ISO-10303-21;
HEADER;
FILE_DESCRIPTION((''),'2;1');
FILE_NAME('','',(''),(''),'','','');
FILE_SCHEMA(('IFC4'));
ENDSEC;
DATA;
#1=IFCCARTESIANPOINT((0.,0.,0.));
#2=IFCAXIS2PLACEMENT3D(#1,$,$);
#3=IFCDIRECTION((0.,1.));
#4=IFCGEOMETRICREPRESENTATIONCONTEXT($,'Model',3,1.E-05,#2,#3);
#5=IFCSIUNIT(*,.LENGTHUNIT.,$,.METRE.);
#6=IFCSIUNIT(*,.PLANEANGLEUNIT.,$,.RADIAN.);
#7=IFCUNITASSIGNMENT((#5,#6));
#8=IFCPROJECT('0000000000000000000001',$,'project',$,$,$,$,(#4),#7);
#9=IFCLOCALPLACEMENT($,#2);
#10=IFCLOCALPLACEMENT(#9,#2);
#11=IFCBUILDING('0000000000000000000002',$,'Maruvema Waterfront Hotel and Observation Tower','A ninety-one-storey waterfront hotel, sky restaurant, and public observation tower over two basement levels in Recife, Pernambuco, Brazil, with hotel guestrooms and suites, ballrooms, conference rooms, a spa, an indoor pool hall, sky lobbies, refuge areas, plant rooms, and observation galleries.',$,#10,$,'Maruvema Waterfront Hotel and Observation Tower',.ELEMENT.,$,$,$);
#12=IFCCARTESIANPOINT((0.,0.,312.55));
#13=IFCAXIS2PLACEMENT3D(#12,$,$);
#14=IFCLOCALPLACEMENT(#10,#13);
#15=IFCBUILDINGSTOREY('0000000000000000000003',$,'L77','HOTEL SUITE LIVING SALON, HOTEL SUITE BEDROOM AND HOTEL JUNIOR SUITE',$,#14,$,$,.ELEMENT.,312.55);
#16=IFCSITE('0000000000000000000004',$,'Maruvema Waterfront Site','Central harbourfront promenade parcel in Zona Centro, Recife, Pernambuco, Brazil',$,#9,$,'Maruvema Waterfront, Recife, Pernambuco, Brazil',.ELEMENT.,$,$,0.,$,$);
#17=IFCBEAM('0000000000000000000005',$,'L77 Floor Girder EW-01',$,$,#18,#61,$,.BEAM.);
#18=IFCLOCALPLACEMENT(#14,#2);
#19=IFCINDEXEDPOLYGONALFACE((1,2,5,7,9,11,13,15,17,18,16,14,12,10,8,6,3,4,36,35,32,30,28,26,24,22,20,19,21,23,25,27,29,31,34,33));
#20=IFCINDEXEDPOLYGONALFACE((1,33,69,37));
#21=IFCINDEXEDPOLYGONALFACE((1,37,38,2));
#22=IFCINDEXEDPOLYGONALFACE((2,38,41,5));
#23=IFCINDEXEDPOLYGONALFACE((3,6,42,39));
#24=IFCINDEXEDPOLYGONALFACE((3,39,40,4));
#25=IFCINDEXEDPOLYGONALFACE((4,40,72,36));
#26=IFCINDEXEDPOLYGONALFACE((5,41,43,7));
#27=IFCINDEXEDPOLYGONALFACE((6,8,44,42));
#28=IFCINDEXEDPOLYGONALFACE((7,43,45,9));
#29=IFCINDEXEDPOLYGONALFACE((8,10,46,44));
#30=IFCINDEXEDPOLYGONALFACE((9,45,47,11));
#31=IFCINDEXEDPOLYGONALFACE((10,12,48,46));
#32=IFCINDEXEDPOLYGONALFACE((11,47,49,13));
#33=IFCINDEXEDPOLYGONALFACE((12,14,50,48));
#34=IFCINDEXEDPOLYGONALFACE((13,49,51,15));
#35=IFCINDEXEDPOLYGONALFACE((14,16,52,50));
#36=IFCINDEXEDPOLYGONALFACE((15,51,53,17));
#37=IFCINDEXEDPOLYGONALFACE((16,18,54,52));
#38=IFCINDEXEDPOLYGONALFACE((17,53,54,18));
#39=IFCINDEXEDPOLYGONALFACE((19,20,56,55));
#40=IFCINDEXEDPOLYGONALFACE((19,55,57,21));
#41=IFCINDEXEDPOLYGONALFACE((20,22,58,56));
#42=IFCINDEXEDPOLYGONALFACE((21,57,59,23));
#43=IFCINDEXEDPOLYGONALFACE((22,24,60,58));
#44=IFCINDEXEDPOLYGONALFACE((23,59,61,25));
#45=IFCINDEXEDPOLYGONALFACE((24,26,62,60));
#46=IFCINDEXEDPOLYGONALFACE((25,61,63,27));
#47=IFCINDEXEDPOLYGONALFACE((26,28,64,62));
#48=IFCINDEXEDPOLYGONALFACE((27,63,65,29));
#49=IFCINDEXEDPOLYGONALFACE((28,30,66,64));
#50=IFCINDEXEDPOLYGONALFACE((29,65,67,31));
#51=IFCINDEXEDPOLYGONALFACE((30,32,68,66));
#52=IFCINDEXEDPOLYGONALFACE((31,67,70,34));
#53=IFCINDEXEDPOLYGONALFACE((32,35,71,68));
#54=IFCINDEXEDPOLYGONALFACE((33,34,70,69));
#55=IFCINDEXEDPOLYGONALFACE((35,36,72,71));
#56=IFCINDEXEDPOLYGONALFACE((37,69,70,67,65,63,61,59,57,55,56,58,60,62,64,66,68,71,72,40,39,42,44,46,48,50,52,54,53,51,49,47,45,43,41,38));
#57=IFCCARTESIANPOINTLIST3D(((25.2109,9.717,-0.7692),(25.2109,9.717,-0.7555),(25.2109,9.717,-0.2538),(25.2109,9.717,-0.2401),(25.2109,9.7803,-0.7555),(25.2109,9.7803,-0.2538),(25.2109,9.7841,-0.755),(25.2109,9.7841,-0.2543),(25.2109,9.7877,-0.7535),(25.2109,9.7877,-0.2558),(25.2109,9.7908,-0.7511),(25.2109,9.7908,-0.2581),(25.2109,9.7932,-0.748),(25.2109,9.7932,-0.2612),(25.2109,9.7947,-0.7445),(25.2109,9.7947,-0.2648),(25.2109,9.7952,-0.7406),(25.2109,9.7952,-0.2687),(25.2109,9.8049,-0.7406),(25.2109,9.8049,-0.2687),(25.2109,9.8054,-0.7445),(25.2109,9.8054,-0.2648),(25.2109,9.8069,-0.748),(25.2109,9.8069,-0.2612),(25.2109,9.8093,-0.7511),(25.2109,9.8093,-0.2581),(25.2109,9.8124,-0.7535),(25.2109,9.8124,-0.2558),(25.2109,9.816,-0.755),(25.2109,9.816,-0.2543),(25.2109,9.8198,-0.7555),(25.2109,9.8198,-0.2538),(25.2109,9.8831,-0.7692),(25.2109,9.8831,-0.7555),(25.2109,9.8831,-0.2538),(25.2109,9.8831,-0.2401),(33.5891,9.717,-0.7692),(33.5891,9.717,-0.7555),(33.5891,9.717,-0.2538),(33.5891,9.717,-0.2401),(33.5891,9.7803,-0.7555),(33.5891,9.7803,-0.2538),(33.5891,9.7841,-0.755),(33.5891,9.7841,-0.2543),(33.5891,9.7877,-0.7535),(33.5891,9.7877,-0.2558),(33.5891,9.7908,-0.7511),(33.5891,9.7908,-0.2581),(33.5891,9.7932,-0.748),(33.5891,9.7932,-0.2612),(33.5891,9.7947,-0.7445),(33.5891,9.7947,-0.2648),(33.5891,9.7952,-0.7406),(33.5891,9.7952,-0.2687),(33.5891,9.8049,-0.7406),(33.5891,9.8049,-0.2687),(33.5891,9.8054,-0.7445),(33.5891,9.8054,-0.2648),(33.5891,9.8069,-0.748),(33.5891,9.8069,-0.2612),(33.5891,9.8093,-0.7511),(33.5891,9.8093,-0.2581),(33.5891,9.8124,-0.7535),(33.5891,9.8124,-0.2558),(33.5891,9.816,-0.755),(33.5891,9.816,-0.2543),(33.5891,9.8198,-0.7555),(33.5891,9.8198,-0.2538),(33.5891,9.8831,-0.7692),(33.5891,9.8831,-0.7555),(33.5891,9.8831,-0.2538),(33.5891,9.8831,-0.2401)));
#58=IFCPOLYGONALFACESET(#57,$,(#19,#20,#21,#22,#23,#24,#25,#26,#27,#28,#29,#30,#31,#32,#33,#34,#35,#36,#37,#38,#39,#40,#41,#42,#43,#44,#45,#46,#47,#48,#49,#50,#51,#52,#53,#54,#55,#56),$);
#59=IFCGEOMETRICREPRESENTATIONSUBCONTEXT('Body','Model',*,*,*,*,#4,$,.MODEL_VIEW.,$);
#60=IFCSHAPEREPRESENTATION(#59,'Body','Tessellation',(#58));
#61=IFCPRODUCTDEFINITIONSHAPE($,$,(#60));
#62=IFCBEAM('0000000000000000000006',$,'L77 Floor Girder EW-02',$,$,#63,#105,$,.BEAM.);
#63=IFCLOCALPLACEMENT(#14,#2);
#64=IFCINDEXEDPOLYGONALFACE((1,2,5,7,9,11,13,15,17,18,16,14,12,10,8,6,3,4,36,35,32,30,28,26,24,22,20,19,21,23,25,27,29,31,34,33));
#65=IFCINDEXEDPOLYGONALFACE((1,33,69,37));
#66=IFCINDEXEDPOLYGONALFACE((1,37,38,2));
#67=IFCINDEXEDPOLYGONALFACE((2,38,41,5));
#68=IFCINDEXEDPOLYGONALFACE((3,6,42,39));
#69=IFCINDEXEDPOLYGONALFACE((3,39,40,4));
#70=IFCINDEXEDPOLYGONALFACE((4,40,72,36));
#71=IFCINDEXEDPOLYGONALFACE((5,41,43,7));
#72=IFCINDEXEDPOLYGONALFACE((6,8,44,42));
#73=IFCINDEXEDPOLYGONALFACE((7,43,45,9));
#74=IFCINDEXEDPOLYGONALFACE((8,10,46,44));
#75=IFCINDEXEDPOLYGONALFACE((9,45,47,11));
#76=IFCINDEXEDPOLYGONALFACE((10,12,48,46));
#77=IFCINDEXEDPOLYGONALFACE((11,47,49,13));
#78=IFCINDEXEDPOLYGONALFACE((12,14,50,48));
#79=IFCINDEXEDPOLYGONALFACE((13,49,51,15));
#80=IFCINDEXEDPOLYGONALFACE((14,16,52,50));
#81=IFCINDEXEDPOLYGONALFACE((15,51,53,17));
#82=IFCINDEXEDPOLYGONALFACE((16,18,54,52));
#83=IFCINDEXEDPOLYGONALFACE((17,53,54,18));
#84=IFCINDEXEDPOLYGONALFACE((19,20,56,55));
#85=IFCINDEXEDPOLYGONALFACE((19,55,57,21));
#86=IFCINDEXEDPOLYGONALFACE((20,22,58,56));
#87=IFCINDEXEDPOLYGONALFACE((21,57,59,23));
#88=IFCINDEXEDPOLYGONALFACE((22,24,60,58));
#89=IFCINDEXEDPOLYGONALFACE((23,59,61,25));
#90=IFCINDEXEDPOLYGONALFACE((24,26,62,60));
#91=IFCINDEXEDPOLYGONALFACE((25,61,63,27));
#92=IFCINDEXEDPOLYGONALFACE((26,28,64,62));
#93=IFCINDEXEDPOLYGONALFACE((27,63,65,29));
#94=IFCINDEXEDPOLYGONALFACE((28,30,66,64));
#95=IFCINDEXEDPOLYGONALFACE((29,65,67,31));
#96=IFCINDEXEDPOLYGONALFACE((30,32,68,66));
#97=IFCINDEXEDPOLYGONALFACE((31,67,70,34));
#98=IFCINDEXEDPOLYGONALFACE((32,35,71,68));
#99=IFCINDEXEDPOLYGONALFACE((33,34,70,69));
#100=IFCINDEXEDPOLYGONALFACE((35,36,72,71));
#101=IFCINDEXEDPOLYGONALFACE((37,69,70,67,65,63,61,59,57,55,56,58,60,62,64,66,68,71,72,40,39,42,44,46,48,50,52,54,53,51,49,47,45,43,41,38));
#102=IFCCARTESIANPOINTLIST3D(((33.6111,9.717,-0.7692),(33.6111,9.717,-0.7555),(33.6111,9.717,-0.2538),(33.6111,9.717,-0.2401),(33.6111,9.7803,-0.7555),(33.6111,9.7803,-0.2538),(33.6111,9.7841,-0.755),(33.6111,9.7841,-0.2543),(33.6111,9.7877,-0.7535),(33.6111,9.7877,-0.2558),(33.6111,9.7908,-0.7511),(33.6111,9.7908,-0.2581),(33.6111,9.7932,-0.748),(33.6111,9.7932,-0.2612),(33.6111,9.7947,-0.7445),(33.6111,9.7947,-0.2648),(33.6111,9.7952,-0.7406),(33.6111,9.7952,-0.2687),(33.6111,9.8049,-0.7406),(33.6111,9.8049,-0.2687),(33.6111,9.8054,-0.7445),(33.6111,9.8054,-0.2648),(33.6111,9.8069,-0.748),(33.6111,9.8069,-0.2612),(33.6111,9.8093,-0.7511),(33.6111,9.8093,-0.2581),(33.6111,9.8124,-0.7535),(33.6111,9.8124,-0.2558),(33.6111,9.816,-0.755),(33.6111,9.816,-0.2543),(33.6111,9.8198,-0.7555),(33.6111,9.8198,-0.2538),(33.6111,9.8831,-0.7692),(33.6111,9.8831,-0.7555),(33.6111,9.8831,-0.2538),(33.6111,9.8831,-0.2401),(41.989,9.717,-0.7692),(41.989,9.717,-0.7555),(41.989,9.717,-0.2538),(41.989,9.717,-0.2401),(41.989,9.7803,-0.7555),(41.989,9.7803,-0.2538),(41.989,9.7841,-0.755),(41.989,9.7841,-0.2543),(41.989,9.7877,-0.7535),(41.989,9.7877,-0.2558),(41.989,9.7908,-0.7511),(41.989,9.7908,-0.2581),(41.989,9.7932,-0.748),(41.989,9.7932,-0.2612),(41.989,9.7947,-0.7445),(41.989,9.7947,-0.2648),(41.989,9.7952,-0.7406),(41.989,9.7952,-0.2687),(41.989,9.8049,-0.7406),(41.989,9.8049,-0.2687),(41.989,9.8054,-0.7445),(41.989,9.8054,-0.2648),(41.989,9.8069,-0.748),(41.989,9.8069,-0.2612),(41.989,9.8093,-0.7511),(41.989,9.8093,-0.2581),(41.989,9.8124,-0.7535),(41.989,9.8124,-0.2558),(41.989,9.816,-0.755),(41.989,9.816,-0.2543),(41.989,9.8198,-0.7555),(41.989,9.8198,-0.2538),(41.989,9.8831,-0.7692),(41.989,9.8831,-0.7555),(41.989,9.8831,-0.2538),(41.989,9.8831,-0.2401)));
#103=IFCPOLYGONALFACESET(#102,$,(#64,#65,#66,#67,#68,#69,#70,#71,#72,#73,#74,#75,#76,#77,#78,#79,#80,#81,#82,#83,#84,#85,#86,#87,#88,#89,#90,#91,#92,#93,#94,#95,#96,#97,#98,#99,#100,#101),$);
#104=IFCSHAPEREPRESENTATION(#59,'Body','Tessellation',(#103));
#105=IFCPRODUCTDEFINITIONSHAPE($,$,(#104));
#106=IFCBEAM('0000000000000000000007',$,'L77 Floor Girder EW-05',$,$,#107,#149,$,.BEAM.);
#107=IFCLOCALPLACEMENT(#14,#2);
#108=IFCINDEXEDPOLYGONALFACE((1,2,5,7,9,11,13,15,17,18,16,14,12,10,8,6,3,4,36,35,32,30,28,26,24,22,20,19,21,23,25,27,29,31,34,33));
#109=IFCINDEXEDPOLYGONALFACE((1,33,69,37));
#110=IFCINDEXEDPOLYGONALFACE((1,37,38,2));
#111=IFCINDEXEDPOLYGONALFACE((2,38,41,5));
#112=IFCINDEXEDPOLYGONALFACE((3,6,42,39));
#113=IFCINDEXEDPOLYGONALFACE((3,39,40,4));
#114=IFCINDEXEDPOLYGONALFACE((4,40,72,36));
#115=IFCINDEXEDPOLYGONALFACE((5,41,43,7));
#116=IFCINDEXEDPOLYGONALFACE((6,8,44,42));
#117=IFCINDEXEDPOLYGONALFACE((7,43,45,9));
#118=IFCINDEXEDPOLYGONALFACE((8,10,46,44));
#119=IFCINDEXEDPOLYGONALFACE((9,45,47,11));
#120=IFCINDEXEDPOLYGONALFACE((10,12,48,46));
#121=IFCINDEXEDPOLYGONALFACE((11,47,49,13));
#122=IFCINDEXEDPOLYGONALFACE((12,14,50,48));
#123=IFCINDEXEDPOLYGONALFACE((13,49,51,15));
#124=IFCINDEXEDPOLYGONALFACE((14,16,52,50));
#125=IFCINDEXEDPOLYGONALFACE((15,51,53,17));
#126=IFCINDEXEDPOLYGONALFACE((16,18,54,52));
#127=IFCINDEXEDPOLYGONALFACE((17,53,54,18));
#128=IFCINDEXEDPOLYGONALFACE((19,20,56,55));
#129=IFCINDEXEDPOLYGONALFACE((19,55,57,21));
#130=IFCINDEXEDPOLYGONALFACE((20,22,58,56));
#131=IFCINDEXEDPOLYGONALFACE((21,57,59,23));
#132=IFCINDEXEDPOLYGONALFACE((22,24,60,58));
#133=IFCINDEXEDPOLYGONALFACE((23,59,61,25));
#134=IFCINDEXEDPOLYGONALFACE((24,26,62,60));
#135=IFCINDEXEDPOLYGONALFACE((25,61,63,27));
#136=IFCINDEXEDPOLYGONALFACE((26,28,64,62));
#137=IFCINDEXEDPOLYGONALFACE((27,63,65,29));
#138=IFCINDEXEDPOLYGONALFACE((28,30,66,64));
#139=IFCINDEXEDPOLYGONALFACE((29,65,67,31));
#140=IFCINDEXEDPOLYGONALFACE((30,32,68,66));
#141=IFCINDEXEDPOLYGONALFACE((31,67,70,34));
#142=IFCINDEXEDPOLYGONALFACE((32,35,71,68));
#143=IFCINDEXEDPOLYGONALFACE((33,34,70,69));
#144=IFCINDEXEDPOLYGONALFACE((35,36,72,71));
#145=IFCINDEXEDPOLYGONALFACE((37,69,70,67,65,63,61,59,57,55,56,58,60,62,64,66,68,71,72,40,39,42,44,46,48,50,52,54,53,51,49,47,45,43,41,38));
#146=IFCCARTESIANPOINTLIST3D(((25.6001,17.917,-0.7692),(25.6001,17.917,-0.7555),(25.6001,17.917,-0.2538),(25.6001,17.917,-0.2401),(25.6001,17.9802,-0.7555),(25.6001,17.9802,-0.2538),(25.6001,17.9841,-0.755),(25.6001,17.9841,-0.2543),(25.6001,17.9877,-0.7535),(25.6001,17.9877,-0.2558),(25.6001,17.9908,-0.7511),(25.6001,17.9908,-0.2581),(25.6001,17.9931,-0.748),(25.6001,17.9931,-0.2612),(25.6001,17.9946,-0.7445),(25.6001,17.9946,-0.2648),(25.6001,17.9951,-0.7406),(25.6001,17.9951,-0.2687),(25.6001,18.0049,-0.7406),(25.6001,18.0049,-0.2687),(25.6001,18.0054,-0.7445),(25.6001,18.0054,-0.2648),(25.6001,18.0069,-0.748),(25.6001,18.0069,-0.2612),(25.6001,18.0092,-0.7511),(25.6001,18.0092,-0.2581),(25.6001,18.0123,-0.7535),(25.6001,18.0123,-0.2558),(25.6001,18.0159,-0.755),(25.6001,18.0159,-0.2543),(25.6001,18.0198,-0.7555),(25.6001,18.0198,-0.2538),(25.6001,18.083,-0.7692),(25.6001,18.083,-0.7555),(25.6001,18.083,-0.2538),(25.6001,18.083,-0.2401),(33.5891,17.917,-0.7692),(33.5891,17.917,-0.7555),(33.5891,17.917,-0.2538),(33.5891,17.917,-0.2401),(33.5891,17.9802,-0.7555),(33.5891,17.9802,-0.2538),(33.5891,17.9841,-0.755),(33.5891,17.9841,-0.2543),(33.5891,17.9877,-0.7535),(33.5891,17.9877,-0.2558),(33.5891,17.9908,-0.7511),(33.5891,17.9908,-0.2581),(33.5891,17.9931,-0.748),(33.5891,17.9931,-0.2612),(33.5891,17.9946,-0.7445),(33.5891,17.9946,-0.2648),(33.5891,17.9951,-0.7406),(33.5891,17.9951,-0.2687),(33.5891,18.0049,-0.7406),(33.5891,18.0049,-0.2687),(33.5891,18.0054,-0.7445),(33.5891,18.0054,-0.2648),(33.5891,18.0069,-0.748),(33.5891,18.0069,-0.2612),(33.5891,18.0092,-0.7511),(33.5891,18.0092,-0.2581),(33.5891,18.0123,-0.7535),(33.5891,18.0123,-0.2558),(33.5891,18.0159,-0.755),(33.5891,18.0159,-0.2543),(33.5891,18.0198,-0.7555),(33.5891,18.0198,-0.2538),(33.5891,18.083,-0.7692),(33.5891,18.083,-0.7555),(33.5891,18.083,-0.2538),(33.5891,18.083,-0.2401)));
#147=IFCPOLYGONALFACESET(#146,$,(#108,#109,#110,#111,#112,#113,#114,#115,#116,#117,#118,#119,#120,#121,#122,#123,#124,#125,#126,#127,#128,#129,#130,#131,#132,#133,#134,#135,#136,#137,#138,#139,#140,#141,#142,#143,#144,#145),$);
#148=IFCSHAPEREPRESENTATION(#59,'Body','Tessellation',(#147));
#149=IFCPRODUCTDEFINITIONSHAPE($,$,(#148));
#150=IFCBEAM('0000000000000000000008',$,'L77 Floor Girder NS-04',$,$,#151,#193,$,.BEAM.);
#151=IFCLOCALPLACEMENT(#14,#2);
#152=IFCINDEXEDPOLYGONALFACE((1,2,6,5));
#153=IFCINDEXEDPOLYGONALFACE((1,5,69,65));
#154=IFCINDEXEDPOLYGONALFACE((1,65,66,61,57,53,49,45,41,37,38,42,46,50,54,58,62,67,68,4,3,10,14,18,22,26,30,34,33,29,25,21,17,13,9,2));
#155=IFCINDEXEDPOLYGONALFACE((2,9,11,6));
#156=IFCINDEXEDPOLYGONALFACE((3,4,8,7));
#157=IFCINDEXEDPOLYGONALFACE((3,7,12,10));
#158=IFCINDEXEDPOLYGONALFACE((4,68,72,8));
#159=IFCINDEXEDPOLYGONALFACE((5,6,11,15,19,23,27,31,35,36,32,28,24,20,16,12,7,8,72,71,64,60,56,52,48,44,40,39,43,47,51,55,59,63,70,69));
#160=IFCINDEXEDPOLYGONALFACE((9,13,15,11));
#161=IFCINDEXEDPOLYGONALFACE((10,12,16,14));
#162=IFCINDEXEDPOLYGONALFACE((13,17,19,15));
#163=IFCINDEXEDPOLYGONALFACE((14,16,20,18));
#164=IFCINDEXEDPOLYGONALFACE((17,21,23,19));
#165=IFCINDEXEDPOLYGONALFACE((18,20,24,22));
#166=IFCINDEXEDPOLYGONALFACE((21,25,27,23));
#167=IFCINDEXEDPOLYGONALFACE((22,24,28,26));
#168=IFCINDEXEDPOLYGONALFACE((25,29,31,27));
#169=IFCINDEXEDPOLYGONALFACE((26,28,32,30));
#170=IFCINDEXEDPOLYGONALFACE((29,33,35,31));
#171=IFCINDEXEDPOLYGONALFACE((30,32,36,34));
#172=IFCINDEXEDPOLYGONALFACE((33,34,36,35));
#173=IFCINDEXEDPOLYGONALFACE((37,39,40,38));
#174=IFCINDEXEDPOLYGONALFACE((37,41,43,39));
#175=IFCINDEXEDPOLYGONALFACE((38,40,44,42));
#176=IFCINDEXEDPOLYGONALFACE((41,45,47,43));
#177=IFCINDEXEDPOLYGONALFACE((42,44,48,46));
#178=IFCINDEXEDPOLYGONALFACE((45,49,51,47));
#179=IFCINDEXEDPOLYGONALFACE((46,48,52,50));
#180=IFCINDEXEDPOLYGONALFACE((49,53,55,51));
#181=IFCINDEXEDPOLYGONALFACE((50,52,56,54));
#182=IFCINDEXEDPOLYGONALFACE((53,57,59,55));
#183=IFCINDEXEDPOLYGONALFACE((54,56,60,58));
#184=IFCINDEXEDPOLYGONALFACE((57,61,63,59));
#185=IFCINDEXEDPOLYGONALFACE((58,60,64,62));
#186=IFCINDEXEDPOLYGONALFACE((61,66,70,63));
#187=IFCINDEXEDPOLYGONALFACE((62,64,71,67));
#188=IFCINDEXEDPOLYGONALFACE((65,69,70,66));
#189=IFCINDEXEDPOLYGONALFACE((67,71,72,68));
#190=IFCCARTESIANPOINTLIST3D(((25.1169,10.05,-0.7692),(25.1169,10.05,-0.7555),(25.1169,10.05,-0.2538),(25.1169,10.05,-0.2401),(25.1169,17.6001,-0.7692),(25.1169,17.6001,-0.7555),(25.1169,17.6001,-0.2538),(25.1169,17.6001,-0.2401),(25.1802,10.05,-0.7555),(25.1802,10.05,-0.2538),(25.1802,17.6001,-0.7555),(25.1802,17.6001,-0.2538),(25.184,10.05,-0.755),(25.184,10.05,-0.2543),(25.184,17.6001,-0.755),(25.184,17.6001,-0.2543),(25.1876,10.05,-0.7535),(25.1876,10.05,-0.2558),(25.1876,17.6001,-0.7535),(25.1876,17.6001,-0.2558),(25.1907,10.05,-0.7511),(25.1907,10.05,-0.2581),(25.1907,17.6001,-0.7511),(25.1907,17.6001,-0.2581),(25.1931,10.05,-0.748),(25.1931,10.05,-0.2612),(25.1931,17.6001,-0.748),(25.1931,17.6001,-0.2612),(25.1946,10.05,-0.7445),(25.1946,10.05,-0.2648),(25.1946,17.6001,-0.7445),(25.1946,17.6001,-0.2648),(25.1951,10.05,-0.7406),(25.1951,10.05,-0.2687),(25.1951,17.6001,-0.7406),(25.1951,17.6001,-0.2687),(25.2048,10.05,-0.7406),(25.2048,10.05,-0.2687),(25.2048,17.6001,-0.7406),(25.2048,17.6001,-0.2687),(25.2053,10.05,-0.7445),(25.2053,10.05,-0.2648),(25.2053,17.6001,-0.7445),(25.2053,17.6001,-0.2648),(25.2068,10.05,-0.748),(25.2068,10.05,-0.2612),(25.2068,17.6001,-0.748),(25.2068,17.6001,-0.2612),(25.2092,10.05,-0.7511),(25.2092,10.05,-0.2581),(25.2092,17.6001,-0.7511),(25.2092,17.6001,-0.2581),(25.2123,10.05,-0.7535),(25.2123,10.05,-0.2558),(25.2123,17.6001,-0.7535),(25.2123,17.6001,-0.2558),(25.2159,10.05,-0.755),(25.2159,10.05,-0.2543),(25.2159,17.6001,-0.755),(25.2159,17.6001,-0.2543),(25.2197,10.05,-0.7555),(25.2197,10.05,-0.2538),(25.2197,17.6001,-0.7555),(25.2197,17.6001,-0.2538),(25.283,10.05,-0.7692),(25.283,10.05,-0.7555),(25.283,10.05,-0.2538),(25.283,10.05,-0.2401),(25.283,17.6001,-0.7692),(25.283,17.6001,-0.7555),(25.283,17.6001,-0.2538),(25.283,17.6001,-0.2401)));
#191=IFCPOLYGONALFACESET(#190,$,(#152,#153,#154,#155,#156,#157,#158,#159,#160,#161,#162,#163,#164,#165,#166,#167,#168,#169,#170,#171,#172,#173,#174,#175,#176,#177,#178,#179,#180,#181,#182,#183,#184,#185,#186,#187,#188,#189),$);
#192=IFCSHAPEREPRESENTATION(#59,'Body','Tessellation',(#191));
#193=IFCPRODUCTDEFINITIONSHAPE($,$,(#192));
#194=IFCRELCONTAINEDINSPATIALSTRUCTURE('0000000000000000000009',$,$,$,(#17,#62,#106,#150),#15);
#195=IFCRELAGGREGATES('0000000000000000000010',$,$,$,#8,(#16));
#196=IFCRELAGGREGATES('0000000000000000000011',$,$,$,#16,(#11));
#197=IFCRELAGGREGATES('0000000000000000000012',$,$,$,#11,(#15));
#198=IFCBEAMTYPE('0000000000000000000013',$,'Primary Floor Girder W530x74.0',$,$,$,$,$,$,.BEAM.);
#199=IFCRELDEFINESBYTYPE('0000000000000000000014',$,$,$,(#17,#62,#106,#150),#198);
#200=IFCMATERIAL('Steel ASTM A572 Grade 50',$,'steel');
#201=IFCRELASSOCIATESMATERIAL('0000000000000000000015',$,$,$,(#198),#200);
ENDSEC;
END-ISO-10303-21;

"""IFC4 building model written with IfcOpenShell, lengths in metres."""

from ifc_helpers import new_model, si_unit, direction, frame, origin, origin_2d, place, context, subcontext, project, spatial, i_section, extrude, material, material_profile, profile_set, type_object, element, save


model = new_model("IFC4")

# Units and contexts
model_context = context("Model", 3, precision=1e-05, world=origin(), true_north=direction((0.0, 1.0)))
body_context = subcontext(model_context, "Body", "Model", "MODEL_VIEW")
ifc_project = project(units=[si_unit("LENGTHUNIT", "METRE"), si_unit("PLANEANGLEUNIT", "RADIAN")], contexts=[model_context])

# Site, building, storey
site_placement = place(None, origin())
site = spatial("IfcSite", under=ifc_project, at=site_placement, Name="Maruvema Waterfront Site", Description="Central harbourfront promenade parcel in Zona Centro, Recife, Pernambuco, Brazil", LongName="Maruvema Waterfront, Recife, Pernambuco, Brazil", CompositionType="ELEMENT", RefElevation=0.0)
building_placement = place(site_placement, origin())
building = spatial("IfcBuilding", under=site, at=building_placement, Name="Maruvema Waterfront Hotel and Observation Tower", Description="A ninety-one-storey waterfront hotel, sky restaurant, and public observation tower over two basement levels in Recife, Pernambuco, Brazil, with hotel guestrooms and suites, ballrooms, conference rooms, a spa, an indoor pool hall, sky lobbies, refuge areas, plant rooms, and observation galleries.", LongName="Maruvema Waterfront Hotel and Observation Tower", CompositionType="ELEMENT")
storey_placement = place(building_placement, frame((0.0, 0.0, 312.55)))
storey = spatial("IfcBuildingStorey", under=building, at=storey_placement, Name="L77", Description="HOTEL SUITE LIVING SALON, HOTEL SUITE BEDROOM AND HOTEL JUNIOR SUITE", CompositionType="ELEMENT", Elevation=312.55)

# Beams
ifc_material_1 = material(Name="Steel ASTM A572 Grade 50", Category="steel")
ifc_material_profile_1 = material_profile(ifc_material_1, i_section(OverallWidth=0.166, OverallDepth=0.5291, WebThickness=0.0098, FlangeThickness=0.0137, FilletRadius=0.0149, at=origin_2d()), Name="W530x74.0")
ifc_profile_set_1 = profile_set([ifc_material_profile_1], Name="Steel ASTM A572 Grade 50")
beam_type_1 = type_object("IfcBeamType", Name="Primary Floor Girder W530x74.0", PredefinedType="BEAM", material=ifc_profile_set_1)
beam_1_placement = place(storey_placement, frame((25.2109, 9.8, -0.5046), z_axis=(1.0, 0.0, 0.0), x_axis=(0.0, 1.0, 0.0)))
element("IfcBeam", 1, at=beam_1_placement, inside=storey, type_object=beam_type_1, Name="L77 Floor Girder EW-01", PredefinedType="BEAM", context=body_context, shape_type="SweptSolid", body=[
    extrude(i_section(OverallWidth=0.166, OverallDepth=0.5291, WebThickness=0.0098, FlangeThickness=0.0137, FilletRadius=0.0149, at=origin_2d()), origin(), (0.0, 0.0, 1.0), 8.3782),
])
beam_2_placement = place(storey_placement, frame((33.6111, 9.8, -0.5046), z_axis=(1.0, 0.0, 0.0), x_axis=(0.0, 1.0, 0.0)))
element("IfcBeam", 2, at=beam_2_placement, inside=storey, type_object=beam_type_1, Name="L77 Floor Girder EW-02", PredefinedType="BEAM", context=body_context, shape_type="SweptSolid", body=[
    extrude(i_section(OverallWidth=0.166, OverallDepth=0.5291, WebThickness=0.0098, FlangeThickness=0.0137, FilletRadius=0.0149, at=origin_2d()), origin(), (0.0, 0.0, 1.0), 8.3779),
])
beam_3_placement = place(storey_placement, frame((25.6001, 18.0, -0.5046), z_axis=(1.0, 0.0, 0.0), x_axis=(0.0, 1.0, 0.0)))
element("IfcBeam", 3, at=beam_3_placement, inside=storey, type_object=beam_type_1, Name="L77 Floor Girder EW-05", PredefinedType="BEAM", context=body_context, shape_type="SweptSolid", body=[
    extrude(i_section(OverallWidth=0.166, OverallDepth=0.5291, WebThickness=0.0098, FlangeThickness=0.0137, FilletRadius=0.0149, at=origin_2d()), origin(), (0.0, 0.0, 1.0), 7.989),
])
beam_4_placement = place(storey_placement, frame((25.2, 10.05, -0.5046), z_axis=(0.0, 1.0, 0.0), x_axis=(-1.0, 0.0, 0.0)))
element("IfcBeam", 4, at=beam_4_placement, inside=storey, type_object=beam_type_1, Name="L77 Floor Girder NS-04", PredefinedType="BEAM", context=body_context, shape_type="SweptSolid", body=[
    extrude(i_section(OverallWidth=0.166, OverallDepth=0.5291, WebThickness=0.0098, FlangeThickness=0.0137, FilletRadius=0.0149, at=origin_2d()), origin(), (0.0, 0.0, 1.0), 7.55),
])

save(model, "model.ifc")
